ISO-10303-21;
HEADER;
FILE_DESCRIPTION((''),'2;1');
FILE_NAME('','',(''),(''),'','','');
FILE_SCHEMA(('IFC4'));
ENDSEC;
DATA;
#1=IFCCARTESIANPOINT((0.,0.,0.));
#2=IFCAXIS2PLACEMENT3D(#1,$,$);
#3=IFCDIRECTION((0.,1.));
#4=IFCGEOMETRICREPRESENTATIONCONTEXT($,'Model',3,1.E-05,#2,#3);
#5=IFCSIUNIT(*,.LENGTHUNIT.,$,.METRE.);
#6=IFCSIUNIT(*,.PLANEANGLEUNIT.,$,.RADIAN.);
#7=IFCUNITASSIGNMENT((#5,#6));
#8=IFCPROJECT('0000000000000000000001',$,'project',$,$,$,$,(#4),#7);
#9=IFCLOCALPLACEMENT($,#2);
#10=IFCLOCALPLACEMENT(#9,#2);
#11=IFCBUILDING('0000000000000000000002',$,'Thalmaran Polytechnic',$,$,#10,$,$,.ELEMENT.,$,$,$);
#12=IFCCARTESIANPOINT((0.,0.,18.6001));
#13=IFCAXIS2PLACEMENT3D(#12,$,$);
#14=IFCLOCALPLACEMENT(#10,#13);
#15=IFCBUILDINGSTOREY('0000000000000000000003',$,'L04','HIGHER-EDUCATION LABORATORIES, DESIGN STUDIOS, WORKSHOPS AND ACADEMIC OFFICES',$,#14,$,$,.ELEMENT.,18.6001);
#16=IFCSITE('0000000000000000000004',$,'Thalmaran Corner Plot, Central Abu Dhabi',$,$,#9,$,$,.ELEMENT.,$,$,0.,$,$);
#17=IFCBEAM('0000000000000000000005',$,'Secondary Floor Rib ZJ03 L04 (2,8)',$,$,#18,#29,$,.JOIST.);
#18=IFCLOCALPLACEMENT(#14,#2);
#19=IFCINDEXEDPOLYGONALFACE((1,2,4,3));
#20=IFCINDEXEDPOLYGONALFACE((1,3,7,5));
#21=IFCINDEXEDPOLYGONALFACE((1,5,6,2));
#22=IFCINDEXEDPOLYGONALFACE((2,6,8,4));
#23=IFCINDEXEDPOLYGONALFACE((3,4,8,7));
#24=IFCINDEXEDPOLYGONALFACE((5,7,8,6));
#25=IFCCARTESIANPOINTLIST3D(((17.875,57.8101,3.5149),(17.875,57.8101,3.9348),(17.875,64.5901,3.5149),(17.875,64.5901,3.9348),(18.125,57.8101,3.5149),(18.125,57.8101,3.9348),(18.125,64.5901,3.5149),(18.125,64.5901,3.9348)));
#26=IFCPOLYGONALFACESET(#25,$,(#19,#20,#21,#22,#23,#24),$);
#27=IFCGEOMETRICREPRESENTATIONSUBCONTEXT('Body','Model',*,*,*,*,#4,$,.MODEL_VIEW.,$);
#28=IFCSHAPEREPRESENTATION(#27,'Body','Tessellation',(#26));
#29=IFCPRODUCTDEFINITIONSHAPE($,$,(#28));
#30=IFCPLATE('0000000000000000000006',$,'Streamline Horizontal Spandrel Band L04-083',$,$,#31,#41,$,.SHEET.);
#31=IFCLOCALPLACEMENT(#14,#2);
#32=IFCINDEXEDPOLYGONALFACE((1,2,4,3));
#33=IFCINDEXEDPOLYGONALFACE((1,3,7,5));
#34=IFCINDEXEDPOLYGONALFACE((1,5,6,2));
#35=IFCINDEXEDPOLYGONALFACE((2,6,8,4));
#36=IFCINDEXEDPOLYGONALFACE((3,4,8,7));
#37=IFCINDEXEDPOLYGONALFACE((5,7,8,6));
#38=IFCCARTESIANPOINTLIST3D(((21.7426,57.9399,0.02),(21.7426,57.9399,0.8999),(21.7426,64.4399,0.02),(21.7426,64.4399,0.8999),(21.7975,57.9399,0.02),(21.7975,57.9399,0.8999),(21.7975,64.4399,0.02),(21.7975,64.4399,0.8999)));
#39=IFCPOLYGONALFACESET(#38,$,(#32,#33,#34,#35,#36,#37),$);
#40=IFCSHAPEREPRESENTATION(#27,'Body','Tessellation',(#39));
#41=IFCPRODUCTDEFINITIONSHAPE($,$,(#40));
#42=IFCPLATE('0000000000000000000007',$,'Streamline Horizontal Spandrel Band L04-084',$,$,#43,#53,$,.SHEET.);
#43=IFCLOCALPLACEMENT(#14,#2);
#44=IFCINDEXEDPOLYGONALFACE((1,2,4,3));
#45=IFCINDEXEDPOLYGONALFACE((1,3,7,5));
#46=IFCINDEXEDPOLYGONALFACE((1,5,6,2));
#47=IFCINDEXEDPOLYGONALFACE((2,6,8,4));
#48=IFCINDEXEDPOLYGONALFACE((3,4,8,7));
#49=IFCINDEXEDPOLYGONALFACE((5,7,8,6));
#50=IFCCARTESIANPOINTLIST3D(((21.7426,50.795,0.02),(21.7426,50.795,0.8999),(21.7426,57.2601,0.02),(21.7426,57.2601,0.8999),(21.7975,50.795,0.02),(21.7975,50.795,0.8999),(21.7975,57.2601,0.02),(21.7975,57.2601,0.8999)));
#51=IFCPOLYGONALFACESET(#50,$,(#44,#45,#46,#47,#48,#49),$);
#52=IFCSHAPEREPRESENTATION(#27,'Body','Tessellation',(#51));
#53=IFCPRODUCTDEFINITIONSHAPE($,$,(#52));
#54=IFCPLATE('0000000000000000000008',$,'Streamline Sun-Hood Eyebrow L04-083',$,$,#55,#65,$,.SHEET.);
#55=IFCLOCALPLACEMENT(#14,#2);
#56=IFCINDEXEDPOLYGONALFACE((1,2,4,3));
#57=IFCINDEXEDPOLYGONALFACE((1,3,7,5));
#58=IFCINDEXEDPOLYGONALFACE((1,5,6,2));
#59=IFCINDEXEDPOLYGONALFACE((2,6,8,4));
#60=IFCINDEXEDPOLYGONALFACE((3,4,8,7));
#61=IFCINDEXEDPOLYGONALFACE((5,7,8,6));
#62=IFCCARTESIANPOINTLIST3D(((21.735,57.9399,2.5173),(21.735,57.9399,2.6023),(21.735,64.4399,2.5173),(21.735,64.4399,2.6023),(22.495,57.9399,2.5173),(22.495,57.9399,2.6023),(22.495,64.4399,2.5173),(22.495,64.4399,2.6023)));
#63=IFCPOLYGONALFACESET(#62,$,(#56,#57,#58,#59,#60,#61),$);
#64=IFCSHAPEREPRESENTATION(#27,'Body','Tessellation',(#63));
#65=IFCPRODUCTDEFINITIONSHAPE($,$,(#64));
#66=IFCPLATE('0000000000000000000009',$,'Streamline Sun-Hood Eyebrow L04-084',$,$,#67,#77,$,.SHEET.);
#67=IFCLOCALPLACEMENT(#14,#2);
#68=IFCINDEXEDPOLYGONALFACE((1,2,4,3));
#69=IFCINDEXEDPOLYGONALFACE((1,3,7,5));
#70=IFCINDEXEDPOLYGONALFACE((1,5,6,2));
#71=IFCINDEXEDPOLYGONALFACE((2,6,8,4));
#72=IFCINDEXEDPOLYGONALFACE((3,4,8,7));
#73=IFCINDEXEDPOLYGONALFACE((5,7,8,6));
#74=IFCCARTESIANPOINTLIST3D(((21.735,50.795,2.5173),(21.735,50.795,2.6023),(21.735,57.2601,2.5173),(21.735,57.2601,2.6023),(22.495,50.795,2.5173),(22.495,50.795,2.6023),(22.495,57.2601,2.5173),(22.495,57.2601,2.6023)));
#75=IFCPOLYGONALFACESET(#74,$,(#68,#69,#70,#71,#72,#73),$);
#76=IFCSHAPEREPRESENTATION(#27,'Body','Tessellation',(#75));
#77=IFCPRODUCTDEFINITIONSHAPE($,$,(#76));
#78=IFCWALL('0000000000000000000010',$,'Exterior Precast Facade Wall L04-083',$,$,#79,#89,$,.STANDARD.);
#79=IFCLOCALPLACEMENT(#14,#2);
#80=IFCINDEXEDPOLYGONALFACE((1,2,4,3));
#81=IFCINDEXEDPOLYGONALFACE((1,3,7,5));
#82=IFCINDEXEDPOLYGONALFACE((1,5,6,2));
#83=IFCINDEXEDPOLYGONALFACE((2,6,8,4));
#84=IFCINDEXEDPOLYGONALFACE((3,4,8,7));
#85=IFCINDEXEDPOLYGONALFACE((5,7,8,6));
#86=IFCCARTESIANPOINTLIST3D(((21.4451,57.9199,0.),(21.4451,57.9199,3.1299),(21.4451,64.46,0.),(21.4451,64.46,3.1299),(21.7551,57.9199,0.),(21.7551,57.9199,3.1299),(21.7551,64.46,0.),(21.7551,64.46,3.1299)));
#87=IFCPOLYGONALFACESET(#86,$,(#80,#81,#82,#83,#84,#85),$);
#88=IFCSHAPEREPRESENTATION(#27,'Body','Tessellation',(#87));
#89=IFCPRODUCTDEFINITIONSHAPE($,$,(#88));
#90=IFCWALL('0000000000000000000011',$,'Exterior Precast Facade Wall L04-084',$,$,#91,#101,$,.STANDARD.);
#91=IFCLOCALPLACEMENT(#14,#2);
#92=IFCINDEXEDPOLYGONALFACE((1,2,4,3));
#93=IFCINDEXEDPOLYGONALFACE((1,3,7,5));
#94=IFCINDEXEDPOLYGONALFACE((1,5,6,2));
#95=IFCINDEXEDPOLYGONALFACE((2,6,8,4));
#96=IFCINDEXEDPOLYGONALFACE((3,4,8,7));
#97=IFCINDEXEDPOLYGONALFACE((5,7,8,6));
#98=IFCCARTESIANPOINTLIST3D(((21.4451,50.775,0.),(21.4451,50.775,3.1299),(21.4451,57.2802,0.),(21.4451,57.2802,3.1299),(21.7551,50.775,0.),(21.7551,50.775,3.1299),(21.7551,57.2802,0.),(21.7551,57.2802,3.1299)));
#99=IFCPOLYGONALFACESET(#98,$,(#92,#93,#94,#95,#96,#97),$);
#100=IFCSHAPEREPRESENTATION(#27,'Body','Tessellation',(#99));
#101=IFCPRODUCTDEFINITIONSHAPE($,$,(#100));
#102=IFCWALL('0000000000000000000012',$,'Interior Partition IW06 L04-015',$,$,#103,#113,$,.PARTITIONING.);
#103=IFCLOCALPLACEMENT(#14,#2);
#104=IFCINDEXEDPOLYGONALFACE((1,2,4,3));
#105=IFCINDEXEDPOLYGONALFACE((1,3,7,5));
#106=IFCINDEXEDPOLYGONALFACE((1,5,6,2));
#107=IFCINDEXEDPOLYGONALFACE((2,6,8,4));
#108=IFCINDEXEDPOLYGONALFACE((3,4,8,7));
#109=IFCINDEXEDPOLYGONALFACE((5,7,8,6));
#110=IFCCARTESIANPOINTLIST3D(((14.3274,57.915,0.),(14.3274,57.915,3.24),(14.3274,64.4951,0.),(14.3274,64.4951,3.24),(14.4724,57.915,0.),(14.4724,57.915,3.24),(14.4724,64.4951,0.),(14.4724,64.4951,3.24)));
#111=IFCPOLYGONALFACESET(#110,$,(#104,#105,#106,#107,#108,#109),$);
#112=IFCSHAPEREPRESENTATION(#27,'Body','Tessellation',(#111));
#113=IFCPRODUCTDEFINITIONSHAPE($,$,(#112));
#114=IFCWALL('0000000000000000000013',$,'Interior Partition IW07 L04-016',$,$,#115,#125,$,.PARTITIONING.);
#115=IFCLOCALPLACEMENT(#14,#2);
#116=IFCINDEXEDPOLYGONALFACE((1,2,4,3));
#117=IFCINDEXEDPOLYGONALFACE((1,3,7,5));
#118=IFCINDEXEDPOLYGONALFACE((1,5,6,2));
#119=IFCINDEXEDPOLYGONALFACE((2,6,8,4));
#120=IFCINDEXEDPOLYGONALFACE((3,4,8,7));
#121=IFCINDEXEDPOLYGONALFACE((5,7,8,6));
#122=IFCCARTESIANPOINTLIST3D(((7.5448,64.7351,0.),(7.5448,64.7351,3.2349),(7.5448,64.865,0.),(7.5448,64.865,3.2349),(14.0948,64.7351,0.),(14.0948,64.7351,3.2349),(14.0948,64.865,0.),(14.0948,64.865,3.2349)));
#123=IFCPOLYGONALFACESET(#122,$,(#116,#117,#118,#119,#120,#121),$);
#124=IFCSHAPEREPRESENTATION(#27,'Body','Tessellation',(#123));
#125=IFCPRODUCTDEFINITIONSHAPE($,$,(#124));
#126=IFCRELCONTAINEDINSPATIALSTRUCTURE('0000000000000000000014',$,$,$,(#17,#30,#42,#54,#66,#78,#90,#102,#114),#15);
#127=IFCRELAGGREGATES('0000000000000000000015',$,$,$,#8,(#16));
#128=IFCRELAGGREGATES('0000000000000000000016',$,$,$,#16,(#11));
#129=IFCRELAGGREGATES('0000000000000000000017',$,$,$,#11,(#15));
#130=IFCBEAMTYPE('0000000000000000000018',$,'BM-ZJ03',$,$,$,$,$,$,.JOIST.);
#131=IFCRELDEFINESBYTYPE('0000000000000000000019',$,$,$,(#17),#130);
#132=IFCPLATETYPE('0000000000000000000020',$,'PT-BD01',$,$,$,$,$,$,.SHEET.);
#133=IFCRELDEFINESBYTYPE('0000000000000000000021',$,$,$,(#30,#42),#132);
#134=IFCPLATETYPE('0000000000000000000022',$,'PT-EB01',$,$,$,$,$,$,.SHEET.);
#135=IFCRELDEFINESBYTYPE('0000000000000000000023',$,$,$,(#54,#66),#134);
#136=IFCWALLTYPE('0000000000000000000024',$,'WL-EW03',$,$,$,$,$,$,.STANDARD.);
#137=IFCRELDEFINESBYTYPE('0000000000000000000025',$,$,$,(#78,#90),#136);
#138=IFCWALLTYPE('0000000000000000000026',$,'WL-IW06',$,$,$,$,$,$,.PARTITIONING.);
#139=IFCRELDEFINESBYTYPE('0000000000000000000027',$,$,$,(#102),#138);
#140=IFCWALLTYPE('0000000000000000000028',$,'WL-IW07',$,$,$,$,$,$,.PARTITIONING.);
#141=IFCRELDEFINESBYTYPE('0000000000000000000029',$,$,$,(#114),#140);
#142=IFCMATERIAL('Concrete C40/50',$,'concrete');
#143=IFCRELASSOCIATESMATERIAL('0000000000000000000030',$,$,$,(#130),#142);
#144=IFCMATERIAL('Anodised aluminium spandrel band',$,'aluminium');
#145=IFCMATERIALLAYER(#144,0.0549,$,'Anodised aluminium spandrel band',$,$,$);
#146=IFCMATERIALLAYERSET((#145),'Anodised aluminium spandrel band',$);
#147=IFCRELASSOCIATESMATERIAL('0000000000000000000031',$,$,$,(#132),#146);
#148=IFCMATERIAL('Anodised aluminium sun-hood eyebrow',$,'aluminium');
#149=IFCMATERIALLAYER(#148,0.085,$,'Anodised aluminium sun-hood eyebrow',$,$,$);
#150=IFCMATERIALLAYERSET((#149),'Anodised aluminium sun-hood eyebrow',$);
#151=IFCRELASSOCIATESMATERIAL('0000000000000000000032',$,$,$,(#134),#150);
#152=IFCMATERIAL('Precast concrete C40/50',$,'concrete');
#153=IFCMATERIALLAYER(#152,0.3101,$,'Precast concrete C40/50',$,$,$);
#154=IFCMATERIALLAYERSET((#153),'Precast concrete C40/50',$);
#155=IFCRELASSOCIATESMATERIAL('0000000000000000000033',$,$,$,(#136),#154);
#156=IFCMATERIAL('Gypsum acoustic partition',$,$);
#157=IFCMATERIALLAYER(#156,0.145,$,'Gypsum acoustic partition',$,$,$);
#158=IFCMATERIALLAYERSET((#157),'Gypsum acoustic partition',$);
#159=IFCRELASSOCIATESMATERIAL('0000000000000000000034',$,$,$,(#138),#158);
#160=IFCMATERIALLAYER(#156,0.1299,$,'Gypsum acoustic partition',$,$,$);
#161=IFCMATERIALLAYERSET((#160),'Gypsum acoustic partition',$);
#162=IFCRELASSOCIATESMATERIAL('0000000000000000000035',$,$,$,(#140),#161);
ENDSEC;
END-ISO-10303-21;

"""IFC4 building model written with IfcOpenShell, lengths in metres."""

from ifc_helpers import new_model, si_unit, direction, frame, frame_2d, origin, origin_2d, place, context, subcontext, project, spatial, rectangle, extrude, material, layer, layer_set, material_profile, profile_set, type_object, element, save


model = new_model("IFC4")

# Units and contexts
model_context = context("Model", 3, precision=1e-05, world=origin(), true_north=direction((0.0, 1.0)))
body_context = subcontext(model_context, "Body", "Model", "MODEL_VIEW")
ifc_project = project(units=[si_unit("LENGTHUNIT", "METRE"), si_unit("PLANEANGLEUNIT", "RADIAN")], contexts=[model_context])

# Site, building, storey
site_placement = place(None, origin())
site = spatial("IfcSite", under=ifc_project, at=site_placement, Name="Thalmaran Corner Plot, Central Abu Dhabi", CompositionType="ELEMENT", RefElevation=0.0)
building_placement = place(site_placement, origin())
building = spatial("IfcBuilding", under=site, at=building_placement, Name="Thalmaran Polytechnic", CompositionType="ELEMENT")
storey_placement = place(building_placement, frame((0.0, 0.0, 18.6001)))
storey = spatial("IfcBuildingStorey", under=building, at=storey_placement, Name="L04", Description="HIGHER-EDUCATION LABORATORIES, DESIGN STUDIOS, WORKSHOPS AND ACADEMIC OFFICES", CompositionType="ELEMENT", Elevation=18.6001)

# Shared definitions
ifc_material_1 = material(Name="Concrete C40/50", Category="concrete")

# Beam
ifc_material_profile_1 = material_profile(ifc_material_1, rectangle(XDim=0.25, YDim=0.4199, at=origin_2d()), Name="RC 250x420")
ifc_profile_set_1 = profile_set([ifc_material_profile_1], Name="Concrete C40/50")
beam_type_1 = type_object("IfcBeamType", Name="BM-ZJ03", PredefinedType="JOIST", material=ifc_profile_set_1)
beam_1_placement = place(storey_placement, frame((18.0, 57.8101, 3.7249), z_axis=(0.0, 1.0, 0.0), x_axis=(-1.0, 0.0, 0.0)))
element("IfcBeam", 1, at=beam_1_placement, inside=storey, type_object=beam_type_1, Name="Secondary Floor Rib ZJ03 L04 (2,8)", PredefinedType="JOIST", context=body_context, shape_type="SweptSolid", body=[
    extrude(rectangle(XDim=0.25, YDim=0.4199, at=origin_2d()), origin(), (0.0, 0.0, 1.0), 6.78),
])

# Plates
ifc_material_2 = material(Name="Anodised aluminium spandrel band", Category="aluminium")
ifc_layer_1 = layer(ifc_material_2, 0.0549, Name="Anodised aluminium spandrel band")
ifc_layer_set_1 = layer_set([ifc_layer_1], Name="Anodised aluminium spandrel band")
plate_type_1 = type_object("IfcPlateType", Name="PT-BD01", PredefinedType="SHEET", material=ifc_layer_set_1)
plate_1_placement = place(storey_placement, frame((21.77, 61.1899, 0.02), z_axis=(0.0, 0.0, 1.0), x_axis=(0.0, -1.0, 0.0)))
element("IfcPlate", 2, at=plate_1_placement, inside=storey, type_object=plate_type_1, Name="Streamline Horizontal Spandrel Band L04-083", PredefinedType="SHEET", context=body_context, shape_type="SweptSolid", body=[
    extrude(rectangle(XDim=6.5, YDim=0.0549, at=origin_2d()), origin(), (0.0, 0.0, 1.0), 0.8799),
])
plate_2_placement = place(storey_placement, frame((21.77, 54.0276, 0.02), z_axis=(0.0, 0.0, 1.0), x_axis=(0.0, -1.0, 0.0)))
element("IfcPlate", 3, at=plate_2_placement, inside=storey, type_object=plate_type_1, Name="Streamline Horizontal Spandrel Band L04-084", PredefinedType="SHEET", context=body_context, shape_type="SweptSolid", body=[
    extrude(rectangle(XDim=6.4651, YDim=0.0549, at=origin_2d()), origin(), (0.0, 0.0, 1.0), 0.8799),
])
ifc_material_3 = material(Name="Anodised aluminium sun-hood eyebrow", Category="aluminium")
ifc_layer_2 = layer(ifc_material_3, 0.085, Name="Anodised aluminium sun-hood eyebrow")
ifc_layer_set_2 = layer_set([ifc_layer_2], Name="Anodised aluminium sun-hood eyebrow")
plate_type_2 = type_object("IfcPlateType", Name="PT-EB01", PredefinedType="SHEET", material=ifc_layer_set_2)
plate_3_placement = place(storey_placement, frame((22.115, 61.1899, 2.5173), z_axis=(0.0, 0.0, 1.0), x_axis=(0.0, -1.0, 0.0)))
element("IfcPlate", 4, at=plate_3_placement, inside=storey, type_object=plate_type_2, Name="Streamline Sun-Hood Eyebrow L04-083", PredefinedType="SHEET", context=body_context, shape_type="SweptSolid", body=[
    extrude(rectangle(XDim=6.5, YDim=0.76, at=origin_2d()), origin(), (0.0, 0.0, 1.0), 0.085),
])
plate_4_placement = place(storey_placement, frame((22.115, 54.0276, 2.5173), z_axis=(0.0, 0.0, 1.0), x_axis=(0.0, -1.0, 0.0)))
element("IfcPlate", 5, at=plate_4_placement, inside=storey, type_object=plate_type_2, Name="Streamline Sun-Hood Eyebrow L04-084", PredefinedType="SHEET", context=body_context, shape_type="SweptSolid", body=[
    extrude(rectangle(XDim=6.4651, YDim=0.76, at=origin_2d()), origin(), (0.0, 0.0, 1.0), 0.085),
])

# Walls
ifc_material_4 = material(Name="Precast concrete C40/50", Category="concrete")
ifc_layer_3 = layer(ifc_material_4, 0.3101, Name="Precast concrete C40/50")
ifc_layer_set_3 = layer_set([ifc_layer_3], Name="Precast concrete C40/50")
wall_type_1 = type_object("IfcWallType", Name="WL-EW03", PredefinedType="STANDARD", material=ifc_layer_set_3)
wall_1_placement = place(storey_placement, frame((21.6001, 64.46, 0.0), z_axis=(0.0, 0.0, 1.0), x_axis=(0.0, -1.0, 0.0)))
element("IfcWall", 6, at=wall_1_placement, inside=storey, type_object=wall_type_1, Name="Exterior Precast Facade Wall L04-083", PredefinedType="STANDARD", context=body_context, shape_type="SweptSolid", body=[
    extrude(rectangle(XDim=6.54, YDim=0.3101, at=frame_2d((3.27, 0.0))), origin(), (0.0, 0.0, 1.0), 3.1299),
])
wall_2_placement = place(storey_placement, frame((21.6001, 57.28, 0.0), z_axis=(0.0, 0.0, 1.0), x_axis=(0.0, -1.0, 0.0)))
element("IfcWall", 7, at=wall_2_placement, inside=storey, type_object=wall_type_1, Name="Exterior Precast Facade Wall L04-084", PredefinedType="STANDARD", context=body_context, shape_type="SweptSolid", body=[
    extrude(rectangle(XDim=6.5051, YDim=0.3101, at=frame_2d((3.2524, 0.0))), origin(), (0.0, 0.0, 1.0), 3.1299),
])
ifc_material_5 = material(Name="Gypsum acoustic partition")
ifc_layer_4 = layer(ifc_material_5, 0.145, Name="Gypsum acoustic partition")
ifc_layer_set_4 = layer_set([ifc_layer_4], Name="Gypsum acoustic partition")
wall_type_2 = type_object("IfcWallType", Name="WL-IW06", PredefinedType="PARTITIONING", material=ifc_layer_set_4)
wall_3_placement = place(storey_placement, frame((14.3999, 57.915, 0.0), z_axis=(0.0, 0.0, 1.0), x_axis=(0.0, 1.0, 0.0)))
element("IfcWall", 8, at=wall_3_placement, inside=storey, type_object=wall_type_2, Name="Interior Partition IW06 L04-015", PredefinedType="PARTITIONING", context=body_context, shape_type="SweptSolid", body=[
    extrude(rectangle(XDim=6.5801, YDim=0.145, at=frame_2d((3.29, 0.0))), origin(), (0.0, 0.0, 1.0), 3.24),
])
ifc_layer_5 = layer(ifc_material_5, 0.1299, Name="Gypsum acoustic partition")
ifc_layer_set_5 = layer_set([ifc_layer_5], Name="Gypsum acoustic partition")
wall_type_3 = type_object("IfcWallType", Name="WL-IW07", PredefinedType="PARTITIONING", material=ifc_layer_set_5)
wall_4_placement = place(storey_placement, frame((7.5449, 64.8, 0.0), z_axis=(0.0, 0.0, 1.0), x_axis=(1.0, 0.0, 0.0)))
element("IfcWall", 9, at=wall_4_placement, inside=storey, type_object=wall_type_3, Name="Interior Partition IW07 L04-016", PredefinedType="PARTITIONING", context=body_context, shape_type="SweptSolid", body=[
    extrude(rectangle(XDim=6.55, YDim=0.1299, at=frame_2d((3.2749, 0.0))), origin(), (0.0, 0.0, 1.0), 3.2349),
])

save(model, "model.ifc")
